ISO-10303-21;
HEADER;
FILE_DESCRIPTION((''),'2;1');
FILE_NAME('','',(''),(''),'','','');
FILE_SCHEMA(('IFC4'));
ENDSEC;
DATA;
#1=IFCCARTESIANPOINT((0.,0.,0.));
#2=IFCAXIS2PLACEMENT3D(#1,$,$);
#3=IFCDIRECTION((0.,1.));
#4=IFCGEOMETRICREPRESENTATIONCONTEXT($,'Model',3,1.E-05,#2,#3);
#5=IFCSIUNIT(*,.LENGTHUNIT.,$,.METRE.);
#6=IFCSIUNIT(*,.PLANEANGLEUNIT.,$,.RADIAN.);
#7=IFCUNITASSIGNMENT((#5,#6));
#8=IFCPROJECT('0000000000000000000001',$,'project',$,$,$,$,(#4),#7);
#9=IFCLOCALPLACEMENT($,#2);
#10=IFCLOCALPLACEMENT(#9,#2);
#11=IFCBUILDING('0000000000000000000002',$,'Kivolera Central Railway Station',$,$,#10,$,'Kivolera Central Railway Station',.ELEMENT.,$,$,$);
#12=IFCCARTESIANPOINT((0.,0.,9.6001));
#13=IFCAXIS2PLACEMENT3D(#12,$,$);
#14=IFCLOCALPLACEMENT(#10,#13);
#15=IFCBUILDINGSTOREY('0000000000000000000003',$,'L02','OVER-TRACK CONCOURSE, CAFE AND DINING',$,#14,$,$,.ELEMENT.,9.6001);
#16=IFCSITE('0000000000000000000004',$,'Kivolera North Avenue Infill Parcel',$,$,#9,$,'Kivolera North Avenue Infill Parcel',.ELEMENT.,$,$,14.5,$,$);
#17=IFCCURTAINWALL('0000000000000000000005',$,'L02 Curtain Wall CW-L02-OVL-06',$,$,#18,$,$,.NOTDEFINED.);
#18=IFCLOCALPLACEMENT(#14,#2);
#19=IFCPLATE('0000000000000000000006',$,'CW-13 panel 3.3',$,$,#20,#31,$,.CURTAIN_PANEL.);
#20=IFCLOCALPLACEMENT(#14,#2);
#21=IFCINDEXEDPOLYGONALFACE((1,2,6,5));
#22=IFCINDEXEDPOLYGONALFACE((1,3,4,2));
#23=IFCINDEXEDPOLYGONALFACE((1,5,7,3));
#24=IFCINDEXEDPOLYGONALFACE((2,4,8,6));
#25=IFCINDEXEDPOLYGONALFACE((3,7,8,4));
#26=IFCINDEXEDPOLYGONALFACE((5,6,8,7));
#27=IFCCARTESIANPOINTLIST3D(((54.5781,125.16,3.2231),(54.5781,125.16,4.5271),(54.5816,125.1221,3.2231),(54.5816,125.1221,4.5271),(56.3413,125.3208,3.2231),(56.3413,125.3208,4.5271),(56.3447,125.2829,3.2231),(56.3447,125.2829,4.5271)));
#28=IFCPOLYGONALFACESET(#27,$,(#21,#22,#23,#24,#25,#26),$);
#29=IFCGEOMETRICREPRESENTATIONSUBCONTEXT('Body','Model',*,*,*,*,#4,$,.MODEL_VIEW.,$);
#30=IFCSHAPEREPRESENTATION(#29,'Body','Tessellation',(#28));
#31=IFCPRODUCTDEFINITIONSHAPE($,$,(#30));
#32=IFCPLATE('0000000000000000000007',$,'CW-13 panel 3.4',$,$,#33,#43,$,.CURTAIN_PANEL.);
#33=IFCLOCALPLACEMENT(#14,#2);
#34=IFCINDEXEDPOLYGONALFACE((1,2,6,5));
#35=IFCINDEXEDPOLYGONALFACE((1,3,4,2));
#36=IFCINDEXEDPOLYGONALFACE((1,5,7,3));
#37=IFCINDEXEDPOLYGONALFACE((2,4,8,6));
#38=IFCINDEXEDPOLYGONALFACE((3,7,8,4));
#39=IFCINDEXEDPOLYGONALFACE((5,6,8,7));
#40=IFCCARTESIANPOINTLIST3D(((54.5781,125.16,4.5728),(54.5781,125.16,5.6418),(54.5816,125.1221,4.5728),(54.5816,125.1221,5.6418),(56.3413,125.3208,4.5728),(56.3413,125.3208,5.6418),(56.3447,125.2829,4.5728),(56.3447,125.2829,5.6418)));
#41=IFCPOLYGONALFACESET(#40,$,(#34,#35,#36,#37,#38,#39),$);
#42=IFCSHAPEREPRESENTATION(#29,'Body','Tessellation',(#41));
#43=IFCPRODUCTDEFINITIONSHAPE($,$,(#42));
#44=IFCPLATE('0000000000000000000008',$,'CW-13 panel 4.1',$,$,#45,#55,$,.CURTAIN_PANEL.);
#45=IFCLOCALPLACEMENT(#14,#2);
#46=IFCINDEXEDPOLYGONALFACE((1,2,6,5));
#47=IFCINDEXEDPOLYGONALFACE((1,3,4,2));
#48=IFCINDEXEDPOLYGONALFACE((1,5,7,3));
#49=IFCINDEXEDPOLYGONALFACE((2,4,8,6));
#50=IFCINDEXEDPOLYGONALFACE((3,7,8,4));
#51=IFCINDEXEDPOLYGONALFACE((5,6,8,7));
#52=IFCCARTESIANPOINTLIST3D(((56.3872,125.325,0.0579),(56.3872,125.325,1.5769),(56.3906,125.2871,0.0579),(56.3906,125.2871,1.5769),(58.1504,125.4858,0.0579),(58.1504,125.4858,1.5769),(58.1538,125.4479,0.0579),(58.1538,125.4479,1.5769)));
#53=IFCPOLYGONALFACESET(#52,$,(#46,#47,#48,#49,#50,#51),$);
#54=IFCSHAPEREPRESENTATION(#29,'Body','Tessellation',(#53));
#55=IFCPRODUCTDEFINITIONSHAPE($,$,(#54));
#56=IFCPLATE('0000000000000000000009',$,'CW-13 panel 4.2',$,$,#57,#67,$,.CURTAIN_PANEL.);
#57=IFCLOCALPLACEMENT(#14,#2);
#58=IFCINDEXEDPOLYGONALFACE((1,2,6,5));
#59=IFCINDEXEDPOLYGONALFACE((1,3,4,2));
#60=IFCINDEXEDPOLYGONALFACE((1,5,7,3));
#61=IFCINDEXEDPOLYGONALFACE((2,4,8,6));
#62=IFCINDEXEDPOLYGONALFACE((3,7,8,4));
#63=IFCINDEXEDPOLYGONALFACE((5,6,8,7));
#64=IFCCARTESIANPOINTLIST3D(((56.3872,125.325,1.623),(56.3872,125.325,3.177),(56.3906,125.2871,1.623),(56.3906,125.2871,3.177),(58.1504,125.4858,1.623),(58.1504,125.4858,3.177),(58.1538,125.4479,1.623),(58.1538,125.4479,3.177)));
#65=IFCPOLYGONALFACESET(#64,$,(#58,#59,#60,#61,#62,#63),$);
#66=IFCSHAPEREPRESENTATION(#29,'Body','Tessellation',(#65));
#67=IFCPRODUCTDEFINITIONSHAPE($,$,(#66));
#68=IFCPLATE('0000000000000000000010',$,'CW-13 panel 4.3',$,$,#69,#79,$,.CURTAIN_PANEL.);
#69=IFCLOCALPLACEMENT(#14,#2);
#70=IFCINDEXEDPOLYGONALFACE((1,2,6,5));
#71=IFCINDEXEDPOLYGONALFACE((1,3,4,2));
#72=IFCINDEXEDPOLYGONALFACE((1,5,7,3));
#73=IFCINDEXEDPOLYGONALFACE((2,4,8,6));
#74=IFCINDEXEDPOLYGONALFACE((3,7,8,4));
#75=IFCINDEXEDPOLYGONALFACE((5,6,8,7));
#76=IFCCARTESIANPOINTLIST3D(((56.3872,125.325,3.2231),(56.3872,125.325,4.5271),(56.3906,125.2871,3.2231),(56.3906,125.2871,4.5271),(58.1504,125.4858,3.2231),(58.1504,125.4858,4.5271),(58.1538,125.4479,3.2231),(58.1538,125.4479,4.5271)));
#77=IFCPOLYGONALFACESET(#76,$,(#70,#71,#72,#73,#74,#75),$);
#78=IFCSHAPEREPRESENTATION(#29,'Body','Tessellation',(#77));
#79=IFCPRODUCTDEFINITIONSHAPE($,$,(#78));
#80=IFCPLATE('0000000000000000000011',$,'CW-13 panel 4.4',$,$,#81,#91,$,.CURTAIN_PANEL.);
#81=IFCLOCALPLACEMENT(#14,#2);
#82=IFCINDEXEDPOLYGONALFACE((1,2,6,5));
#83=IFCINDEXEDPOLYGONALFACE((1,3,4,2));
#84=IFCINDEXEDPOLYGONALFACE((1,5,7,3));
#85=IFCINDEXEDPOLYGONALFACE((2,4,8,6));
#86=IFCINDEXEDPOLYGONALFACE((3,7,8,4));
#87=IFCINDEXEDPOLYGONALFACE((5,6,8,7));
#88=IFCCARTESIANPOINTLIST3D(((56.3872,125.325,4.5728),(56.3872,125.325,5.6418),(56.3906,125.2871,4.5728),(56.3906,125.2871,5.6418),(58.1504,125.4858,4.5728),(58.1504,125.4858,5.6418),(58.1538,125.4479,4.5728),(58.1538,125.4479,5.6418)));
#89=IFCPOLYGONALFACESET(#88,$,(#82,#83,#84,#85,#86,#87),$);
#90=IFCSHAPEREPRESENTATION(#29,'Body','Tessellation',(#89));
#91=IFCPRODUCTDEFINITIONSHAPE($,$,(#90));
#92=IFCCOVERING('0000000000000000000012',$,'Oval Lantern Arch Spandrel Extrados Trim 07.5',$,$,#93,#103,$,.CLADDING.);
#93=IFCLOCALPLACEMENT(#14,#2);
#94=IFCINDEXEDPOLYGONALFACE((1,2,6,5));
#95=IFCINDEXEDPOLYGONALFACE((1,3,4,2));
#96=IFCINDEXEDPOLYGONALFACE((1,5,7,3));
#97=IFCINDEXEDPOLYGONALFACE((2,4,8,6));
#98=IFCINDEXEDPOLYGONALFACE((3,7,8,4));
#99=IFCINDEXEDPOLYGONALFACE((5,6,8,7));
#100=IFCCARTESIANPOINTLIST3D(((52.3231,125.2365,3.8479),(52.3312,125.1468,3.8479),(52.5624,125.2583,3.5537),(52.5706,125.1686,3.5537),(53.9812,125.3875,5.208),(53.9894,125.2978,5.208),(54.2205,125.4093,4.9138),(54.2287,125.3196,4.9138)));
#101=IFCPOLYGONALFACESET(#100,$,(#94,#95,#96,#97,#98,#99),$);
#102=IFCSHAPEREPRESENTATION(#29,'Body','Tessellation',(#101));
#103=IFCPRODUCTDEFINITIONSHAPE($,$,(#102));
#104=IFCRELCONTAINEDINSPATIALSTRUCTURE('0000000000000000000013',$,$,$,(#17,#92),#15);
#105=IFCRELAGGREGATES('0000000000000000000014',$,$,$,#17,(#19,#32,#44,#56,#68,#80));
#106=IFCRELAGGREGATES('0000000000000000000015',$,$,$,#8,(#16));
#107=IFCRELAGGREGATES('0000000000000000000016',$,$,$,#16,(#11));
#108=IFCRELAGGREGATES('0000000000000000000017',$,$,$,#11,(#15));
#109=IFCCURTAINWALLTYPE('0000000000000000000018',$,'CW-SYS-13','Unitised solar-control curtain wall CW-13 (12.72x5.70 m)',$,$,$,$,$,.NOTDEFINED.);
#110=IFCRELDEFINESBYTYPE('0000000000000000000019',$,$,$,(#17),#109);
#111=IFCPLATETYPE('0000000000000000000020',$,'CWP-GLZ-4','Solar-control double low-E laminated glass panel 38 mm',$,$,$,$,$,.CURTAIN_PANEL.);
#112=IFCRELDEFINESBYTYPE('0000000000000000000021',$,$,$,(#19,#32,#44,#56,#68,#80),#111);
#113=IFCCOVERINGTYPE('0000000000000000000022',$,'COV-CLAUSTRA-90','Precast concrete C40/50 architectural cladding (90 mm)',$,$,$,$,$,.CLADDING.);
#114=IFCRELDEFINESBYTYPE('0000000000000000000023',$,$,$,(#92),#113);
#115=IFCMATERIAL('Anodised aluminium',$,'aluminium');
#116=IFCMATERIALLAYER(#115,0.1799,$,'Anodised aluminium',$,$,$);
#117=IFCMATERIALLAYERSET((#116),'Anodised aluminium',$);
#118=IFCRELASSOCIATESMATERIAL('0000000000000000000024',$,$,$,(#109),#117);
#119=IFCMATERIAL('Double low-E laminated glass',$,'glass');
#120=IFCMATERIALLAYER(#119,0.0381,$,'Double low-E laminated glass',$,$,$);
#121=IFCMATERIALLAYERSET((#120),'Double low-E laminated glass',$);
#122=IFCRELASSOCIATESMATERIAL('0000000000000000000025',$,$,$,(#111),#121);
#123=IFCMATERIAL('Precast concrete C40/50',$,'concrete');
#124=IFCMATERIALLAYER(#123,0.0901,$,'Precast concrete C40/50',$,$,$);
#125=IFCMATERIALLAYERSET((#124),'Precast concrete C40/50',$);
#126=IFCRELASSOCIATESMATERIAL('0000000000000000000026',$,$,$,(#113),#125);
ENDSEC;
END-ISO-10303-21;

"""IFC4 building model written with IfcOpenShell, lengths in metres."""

from ifc_helpers import new_model, si_unit, direction, frame, origin, origin_2d, place, context, subcontext, project, spatial, rectangle, extrude, material, layer, layer_set, type_object, element, aggregate, save


model = new_model("IFC4")

# Units and contexts
model_context = context("Model", 3, precision=1e-05, world=origin(), true_north=direction((0.0, 1.0)))
body_context = subcontext(model_context, "Body", "Model", "MODEL_VIEW")
ifc_project = project(units=[si_unit("LENGTHUNIT", "METRE"), si_unit("PLANEANGLEUNIT", "RADIAN")], contexts=[model_context])

# Site, building, storey
site_placement = place(None, origin())
site = spatial("IfcSite", under=ifc_project, at=site_placement, Name="Kivolera North Avenue Infill Parcel", LongName="Kivolera North Avenue Infill Parcel", CompositionType="ELEMENT", RefElevation=14.5)
building_placement = place(site_placement, origin())
building = spatial("IfcBuilding", under=site, at=building_placement, Name="Kivolera Central Railway Station", LongName="Kivolera Central Railway Station", CompositionType="ELEMENT")
storey_placement = place(building_placement, frame((0.0, 0.0, 9.6001)))
storey = spatial("IfcBuildingStorey", under=building, at=storey_placement, Name="L02", Description="OVER-TRACK CONCOURSE, CAFE AND DINING", CompositionType="ELEMENT", Elevation=9.6001)

# Curtain wall, plates
ifc_material_1 = material(Name="Anodised aluminium", Category="aluminium")
ifc_layer_1 = layer(ifc_material_1, 0.1799, Name="Anodised aluminium")
ifc_layer_set_1 = layer_set([ifc_layer_1], Name="Anodised aluminium")
curtain_wall_type = type_object("IfcCurtainWallType", Name="CW-SYS-13", Description="Unitised solar-control curtain wall CW-13 (12.72x5.70 m)", PredefinedType="NOTDEFINED", material=ifc_layer_set_1)
curtain_wall_placement = place(storey_placement, origin())
curtain_wall = element("IfcCurtainWall", 1, at=curtain_wall_placement, inside=storey, type_object=curtain_wall_type, Name="L02 Curtain Wall CW-L02-OVL-06", PredefinedType="NOTDEFINED")
ifc_material_2 = material(Name="Double low-E laminated glass", Category="glass")
ifc_layer_2 = layer(ifc_material_2, 0.0381, Name="Double low-E laminated glass")
ifc_layer_set_2 = layer_set([ifc_layer_2], Name="Double low-E laminated glass")
plate_type = type_object("IfcPlateType", Name="CWP-GLZ-4", Description="Solar-control double low-E laminated glass panel 38 mm", PredefinedType="CURTAIN_PANEL", material=ifc_layer_set_2)
plate_1_placement = place(storey_placement, frame((55.4614, 125.2214, 3.2231), z_axis=(0.0, 0.0, 1.0), x_axis=(0.995866, 0.090834, 0.0)))
plate_1 = element("IfcPlate", 2, at=plate_1_placement, type_object=plate_type, Name="CW-13 panel 3.3", PredefinedType="CURTAIN_PANEL", context=body_context, shape_type="SweptSolid", body=[
    extrude(rectangle(XDim=1.7705, YDim=0.0381, at=origin_2d()), origin(), (0.0, 0.0, 1.0), 1.304),
])
plate_2_placement = place(storey_placement, frame((55.4614, 125.2214, 4.5728), z_axis=(0.0, 0.0, 1.0), x_axis=(0.995866, 0.090834, 0.0)))
plate_2 = element("IfcPlate", 3, at=plate_2_placement, type_object=plate_type, Name="CW-13 panel 3.4", PredefinedType="CURTAIN_PANEL", context=body_context, shape_type="SweptSolid", body=[
    extrude(rectangle(XDim=1.7705, YDim=0.0381, at=origin_2d()), origin(), (0.0, 0.0, 1.0), 1.0691),
])
plate_3_placement = place(storey_placement, frame((57.2705, 125.3865, 0.0579), z_axis=(0.0, 0.0, 1.0), x_axis=(0.995866, 0.090834, 0.0)))
plate_3 = element("IfcPlate", 4, at=plate_3_placement, type_object=plate_type, Name="CW-13 panel 4.1", PredefinedType="CURTAIN_PANEL", context=body_context, shape_type="SweptSolid", body=[
    extrude(rectangle(XDim=1.7705, YDim=0.0381, at=origin_2d()), origin(), (0.0, 0.0, 1.0), 1.519),
])
plate_4_placement = place(storey_placement, frame((57.2705, 125.3865, 1.623), z_axis=(0.0, 0.0, 1.0), x_axis=(0.995866, 0.090834, 0.0)))
plate_4 = element("IfcPlate", 5, at=plate_4_placement, type_object=plate_type, Name="CW-13 panel 4.2", PredefinedType="CURTAIN_PANEL", context=body_context, shape_type="SweptSolid", body=[
    extrude(rectangle(XDim=1.7705, YDim=0.0381, at=origin_2d()), origin(), (0.0, 0.0, 1.0), 1.554),
])
plate_5_placement = place(storey_placement, frame((57.2705, 125.3865, 3.2231), z_axis=(0.0, 0.0, 1.0), x_axis=(0.995866, 0.090834, 0.0)))
plate_5 = element("IfcPlate", 6, at=plate_5_placement, type_object=plate_type, Name="CW-13 panel 4.3", PredefinedType="CURTAIN_PANEL", context=body_context, shape_type="SweptSolid", body=[
    extrude(rectangle(XDim=1.7705, YDim=0.0381, at=origin_2d()), origin(), (0.0, 0.0, 1.0), 1.304),
])
plate_6_placement = place(storey_placement, frame((57.2705, 125.3865, 4.5728), z_axis=(0.0, 0.0, 1.0), x_axis=(0.995866, 0.090834, 0.0)))
plate_6 = element("IfcPlate", 7, at=plate_6_placement, type_object=plate_type, Name="CW-13 panel 4.4", PredefinedType="CURTAIN_PANEL", context=body_context, shape_type="SweptSolid", body=[
    extrude(rectangle(XDim=1.7705, YDim=0.0381, at=origin_2d()), origin(), (0.0, 0.0, 1.0), 1.0691),
])
aggregate(curtain_wall, [plate_1, plate_2, plate_3, plate_4, plate_5, plate_6])

# Covering
ifc_material_3 = material(Name="Precast concrete C40/50", Category="concrete")
ifc_layer_3 = layer(ifc_material_3, 0.0901, Name="Precast concrete C40/50")
ifc_layer_set_3 = layer_set([ifc_layer_3], Name="Precast concrete C40/50")
covering_type = type_object("IfcCoveringType", Name="COV-CLAUSTRA-90", Description="Precast concrete C40/50 architectural cladding (90 mm)", PredefinedType="CLADDING", material=ifc_layer_set_3)
covering_placement = place(storey_placement, frame((53.2759, 125.2781, 4.3809), z_axis=(-0.771257, -0.070241, -0.632636), x_axis=(-0.090789, 0.99587, 0.0)))
element("IfcCovering", 8, at=covering_placement, inside=storey, type_object=covering_type, Name="Oval Lantern Arch Spandrel Extrados Trim 07.5", PredefinedType="CLADDING", context=body_context, shape_type="SweptSolid", body=[
    extrude(rectangle(XDim=0.0901, YDim=0.3799, at=origin_2d()), frame((0.0, 0.0, -1.075)), (0.0, 0.0, 1.0), 2.1499),
])

save(model, "model.ifc")
